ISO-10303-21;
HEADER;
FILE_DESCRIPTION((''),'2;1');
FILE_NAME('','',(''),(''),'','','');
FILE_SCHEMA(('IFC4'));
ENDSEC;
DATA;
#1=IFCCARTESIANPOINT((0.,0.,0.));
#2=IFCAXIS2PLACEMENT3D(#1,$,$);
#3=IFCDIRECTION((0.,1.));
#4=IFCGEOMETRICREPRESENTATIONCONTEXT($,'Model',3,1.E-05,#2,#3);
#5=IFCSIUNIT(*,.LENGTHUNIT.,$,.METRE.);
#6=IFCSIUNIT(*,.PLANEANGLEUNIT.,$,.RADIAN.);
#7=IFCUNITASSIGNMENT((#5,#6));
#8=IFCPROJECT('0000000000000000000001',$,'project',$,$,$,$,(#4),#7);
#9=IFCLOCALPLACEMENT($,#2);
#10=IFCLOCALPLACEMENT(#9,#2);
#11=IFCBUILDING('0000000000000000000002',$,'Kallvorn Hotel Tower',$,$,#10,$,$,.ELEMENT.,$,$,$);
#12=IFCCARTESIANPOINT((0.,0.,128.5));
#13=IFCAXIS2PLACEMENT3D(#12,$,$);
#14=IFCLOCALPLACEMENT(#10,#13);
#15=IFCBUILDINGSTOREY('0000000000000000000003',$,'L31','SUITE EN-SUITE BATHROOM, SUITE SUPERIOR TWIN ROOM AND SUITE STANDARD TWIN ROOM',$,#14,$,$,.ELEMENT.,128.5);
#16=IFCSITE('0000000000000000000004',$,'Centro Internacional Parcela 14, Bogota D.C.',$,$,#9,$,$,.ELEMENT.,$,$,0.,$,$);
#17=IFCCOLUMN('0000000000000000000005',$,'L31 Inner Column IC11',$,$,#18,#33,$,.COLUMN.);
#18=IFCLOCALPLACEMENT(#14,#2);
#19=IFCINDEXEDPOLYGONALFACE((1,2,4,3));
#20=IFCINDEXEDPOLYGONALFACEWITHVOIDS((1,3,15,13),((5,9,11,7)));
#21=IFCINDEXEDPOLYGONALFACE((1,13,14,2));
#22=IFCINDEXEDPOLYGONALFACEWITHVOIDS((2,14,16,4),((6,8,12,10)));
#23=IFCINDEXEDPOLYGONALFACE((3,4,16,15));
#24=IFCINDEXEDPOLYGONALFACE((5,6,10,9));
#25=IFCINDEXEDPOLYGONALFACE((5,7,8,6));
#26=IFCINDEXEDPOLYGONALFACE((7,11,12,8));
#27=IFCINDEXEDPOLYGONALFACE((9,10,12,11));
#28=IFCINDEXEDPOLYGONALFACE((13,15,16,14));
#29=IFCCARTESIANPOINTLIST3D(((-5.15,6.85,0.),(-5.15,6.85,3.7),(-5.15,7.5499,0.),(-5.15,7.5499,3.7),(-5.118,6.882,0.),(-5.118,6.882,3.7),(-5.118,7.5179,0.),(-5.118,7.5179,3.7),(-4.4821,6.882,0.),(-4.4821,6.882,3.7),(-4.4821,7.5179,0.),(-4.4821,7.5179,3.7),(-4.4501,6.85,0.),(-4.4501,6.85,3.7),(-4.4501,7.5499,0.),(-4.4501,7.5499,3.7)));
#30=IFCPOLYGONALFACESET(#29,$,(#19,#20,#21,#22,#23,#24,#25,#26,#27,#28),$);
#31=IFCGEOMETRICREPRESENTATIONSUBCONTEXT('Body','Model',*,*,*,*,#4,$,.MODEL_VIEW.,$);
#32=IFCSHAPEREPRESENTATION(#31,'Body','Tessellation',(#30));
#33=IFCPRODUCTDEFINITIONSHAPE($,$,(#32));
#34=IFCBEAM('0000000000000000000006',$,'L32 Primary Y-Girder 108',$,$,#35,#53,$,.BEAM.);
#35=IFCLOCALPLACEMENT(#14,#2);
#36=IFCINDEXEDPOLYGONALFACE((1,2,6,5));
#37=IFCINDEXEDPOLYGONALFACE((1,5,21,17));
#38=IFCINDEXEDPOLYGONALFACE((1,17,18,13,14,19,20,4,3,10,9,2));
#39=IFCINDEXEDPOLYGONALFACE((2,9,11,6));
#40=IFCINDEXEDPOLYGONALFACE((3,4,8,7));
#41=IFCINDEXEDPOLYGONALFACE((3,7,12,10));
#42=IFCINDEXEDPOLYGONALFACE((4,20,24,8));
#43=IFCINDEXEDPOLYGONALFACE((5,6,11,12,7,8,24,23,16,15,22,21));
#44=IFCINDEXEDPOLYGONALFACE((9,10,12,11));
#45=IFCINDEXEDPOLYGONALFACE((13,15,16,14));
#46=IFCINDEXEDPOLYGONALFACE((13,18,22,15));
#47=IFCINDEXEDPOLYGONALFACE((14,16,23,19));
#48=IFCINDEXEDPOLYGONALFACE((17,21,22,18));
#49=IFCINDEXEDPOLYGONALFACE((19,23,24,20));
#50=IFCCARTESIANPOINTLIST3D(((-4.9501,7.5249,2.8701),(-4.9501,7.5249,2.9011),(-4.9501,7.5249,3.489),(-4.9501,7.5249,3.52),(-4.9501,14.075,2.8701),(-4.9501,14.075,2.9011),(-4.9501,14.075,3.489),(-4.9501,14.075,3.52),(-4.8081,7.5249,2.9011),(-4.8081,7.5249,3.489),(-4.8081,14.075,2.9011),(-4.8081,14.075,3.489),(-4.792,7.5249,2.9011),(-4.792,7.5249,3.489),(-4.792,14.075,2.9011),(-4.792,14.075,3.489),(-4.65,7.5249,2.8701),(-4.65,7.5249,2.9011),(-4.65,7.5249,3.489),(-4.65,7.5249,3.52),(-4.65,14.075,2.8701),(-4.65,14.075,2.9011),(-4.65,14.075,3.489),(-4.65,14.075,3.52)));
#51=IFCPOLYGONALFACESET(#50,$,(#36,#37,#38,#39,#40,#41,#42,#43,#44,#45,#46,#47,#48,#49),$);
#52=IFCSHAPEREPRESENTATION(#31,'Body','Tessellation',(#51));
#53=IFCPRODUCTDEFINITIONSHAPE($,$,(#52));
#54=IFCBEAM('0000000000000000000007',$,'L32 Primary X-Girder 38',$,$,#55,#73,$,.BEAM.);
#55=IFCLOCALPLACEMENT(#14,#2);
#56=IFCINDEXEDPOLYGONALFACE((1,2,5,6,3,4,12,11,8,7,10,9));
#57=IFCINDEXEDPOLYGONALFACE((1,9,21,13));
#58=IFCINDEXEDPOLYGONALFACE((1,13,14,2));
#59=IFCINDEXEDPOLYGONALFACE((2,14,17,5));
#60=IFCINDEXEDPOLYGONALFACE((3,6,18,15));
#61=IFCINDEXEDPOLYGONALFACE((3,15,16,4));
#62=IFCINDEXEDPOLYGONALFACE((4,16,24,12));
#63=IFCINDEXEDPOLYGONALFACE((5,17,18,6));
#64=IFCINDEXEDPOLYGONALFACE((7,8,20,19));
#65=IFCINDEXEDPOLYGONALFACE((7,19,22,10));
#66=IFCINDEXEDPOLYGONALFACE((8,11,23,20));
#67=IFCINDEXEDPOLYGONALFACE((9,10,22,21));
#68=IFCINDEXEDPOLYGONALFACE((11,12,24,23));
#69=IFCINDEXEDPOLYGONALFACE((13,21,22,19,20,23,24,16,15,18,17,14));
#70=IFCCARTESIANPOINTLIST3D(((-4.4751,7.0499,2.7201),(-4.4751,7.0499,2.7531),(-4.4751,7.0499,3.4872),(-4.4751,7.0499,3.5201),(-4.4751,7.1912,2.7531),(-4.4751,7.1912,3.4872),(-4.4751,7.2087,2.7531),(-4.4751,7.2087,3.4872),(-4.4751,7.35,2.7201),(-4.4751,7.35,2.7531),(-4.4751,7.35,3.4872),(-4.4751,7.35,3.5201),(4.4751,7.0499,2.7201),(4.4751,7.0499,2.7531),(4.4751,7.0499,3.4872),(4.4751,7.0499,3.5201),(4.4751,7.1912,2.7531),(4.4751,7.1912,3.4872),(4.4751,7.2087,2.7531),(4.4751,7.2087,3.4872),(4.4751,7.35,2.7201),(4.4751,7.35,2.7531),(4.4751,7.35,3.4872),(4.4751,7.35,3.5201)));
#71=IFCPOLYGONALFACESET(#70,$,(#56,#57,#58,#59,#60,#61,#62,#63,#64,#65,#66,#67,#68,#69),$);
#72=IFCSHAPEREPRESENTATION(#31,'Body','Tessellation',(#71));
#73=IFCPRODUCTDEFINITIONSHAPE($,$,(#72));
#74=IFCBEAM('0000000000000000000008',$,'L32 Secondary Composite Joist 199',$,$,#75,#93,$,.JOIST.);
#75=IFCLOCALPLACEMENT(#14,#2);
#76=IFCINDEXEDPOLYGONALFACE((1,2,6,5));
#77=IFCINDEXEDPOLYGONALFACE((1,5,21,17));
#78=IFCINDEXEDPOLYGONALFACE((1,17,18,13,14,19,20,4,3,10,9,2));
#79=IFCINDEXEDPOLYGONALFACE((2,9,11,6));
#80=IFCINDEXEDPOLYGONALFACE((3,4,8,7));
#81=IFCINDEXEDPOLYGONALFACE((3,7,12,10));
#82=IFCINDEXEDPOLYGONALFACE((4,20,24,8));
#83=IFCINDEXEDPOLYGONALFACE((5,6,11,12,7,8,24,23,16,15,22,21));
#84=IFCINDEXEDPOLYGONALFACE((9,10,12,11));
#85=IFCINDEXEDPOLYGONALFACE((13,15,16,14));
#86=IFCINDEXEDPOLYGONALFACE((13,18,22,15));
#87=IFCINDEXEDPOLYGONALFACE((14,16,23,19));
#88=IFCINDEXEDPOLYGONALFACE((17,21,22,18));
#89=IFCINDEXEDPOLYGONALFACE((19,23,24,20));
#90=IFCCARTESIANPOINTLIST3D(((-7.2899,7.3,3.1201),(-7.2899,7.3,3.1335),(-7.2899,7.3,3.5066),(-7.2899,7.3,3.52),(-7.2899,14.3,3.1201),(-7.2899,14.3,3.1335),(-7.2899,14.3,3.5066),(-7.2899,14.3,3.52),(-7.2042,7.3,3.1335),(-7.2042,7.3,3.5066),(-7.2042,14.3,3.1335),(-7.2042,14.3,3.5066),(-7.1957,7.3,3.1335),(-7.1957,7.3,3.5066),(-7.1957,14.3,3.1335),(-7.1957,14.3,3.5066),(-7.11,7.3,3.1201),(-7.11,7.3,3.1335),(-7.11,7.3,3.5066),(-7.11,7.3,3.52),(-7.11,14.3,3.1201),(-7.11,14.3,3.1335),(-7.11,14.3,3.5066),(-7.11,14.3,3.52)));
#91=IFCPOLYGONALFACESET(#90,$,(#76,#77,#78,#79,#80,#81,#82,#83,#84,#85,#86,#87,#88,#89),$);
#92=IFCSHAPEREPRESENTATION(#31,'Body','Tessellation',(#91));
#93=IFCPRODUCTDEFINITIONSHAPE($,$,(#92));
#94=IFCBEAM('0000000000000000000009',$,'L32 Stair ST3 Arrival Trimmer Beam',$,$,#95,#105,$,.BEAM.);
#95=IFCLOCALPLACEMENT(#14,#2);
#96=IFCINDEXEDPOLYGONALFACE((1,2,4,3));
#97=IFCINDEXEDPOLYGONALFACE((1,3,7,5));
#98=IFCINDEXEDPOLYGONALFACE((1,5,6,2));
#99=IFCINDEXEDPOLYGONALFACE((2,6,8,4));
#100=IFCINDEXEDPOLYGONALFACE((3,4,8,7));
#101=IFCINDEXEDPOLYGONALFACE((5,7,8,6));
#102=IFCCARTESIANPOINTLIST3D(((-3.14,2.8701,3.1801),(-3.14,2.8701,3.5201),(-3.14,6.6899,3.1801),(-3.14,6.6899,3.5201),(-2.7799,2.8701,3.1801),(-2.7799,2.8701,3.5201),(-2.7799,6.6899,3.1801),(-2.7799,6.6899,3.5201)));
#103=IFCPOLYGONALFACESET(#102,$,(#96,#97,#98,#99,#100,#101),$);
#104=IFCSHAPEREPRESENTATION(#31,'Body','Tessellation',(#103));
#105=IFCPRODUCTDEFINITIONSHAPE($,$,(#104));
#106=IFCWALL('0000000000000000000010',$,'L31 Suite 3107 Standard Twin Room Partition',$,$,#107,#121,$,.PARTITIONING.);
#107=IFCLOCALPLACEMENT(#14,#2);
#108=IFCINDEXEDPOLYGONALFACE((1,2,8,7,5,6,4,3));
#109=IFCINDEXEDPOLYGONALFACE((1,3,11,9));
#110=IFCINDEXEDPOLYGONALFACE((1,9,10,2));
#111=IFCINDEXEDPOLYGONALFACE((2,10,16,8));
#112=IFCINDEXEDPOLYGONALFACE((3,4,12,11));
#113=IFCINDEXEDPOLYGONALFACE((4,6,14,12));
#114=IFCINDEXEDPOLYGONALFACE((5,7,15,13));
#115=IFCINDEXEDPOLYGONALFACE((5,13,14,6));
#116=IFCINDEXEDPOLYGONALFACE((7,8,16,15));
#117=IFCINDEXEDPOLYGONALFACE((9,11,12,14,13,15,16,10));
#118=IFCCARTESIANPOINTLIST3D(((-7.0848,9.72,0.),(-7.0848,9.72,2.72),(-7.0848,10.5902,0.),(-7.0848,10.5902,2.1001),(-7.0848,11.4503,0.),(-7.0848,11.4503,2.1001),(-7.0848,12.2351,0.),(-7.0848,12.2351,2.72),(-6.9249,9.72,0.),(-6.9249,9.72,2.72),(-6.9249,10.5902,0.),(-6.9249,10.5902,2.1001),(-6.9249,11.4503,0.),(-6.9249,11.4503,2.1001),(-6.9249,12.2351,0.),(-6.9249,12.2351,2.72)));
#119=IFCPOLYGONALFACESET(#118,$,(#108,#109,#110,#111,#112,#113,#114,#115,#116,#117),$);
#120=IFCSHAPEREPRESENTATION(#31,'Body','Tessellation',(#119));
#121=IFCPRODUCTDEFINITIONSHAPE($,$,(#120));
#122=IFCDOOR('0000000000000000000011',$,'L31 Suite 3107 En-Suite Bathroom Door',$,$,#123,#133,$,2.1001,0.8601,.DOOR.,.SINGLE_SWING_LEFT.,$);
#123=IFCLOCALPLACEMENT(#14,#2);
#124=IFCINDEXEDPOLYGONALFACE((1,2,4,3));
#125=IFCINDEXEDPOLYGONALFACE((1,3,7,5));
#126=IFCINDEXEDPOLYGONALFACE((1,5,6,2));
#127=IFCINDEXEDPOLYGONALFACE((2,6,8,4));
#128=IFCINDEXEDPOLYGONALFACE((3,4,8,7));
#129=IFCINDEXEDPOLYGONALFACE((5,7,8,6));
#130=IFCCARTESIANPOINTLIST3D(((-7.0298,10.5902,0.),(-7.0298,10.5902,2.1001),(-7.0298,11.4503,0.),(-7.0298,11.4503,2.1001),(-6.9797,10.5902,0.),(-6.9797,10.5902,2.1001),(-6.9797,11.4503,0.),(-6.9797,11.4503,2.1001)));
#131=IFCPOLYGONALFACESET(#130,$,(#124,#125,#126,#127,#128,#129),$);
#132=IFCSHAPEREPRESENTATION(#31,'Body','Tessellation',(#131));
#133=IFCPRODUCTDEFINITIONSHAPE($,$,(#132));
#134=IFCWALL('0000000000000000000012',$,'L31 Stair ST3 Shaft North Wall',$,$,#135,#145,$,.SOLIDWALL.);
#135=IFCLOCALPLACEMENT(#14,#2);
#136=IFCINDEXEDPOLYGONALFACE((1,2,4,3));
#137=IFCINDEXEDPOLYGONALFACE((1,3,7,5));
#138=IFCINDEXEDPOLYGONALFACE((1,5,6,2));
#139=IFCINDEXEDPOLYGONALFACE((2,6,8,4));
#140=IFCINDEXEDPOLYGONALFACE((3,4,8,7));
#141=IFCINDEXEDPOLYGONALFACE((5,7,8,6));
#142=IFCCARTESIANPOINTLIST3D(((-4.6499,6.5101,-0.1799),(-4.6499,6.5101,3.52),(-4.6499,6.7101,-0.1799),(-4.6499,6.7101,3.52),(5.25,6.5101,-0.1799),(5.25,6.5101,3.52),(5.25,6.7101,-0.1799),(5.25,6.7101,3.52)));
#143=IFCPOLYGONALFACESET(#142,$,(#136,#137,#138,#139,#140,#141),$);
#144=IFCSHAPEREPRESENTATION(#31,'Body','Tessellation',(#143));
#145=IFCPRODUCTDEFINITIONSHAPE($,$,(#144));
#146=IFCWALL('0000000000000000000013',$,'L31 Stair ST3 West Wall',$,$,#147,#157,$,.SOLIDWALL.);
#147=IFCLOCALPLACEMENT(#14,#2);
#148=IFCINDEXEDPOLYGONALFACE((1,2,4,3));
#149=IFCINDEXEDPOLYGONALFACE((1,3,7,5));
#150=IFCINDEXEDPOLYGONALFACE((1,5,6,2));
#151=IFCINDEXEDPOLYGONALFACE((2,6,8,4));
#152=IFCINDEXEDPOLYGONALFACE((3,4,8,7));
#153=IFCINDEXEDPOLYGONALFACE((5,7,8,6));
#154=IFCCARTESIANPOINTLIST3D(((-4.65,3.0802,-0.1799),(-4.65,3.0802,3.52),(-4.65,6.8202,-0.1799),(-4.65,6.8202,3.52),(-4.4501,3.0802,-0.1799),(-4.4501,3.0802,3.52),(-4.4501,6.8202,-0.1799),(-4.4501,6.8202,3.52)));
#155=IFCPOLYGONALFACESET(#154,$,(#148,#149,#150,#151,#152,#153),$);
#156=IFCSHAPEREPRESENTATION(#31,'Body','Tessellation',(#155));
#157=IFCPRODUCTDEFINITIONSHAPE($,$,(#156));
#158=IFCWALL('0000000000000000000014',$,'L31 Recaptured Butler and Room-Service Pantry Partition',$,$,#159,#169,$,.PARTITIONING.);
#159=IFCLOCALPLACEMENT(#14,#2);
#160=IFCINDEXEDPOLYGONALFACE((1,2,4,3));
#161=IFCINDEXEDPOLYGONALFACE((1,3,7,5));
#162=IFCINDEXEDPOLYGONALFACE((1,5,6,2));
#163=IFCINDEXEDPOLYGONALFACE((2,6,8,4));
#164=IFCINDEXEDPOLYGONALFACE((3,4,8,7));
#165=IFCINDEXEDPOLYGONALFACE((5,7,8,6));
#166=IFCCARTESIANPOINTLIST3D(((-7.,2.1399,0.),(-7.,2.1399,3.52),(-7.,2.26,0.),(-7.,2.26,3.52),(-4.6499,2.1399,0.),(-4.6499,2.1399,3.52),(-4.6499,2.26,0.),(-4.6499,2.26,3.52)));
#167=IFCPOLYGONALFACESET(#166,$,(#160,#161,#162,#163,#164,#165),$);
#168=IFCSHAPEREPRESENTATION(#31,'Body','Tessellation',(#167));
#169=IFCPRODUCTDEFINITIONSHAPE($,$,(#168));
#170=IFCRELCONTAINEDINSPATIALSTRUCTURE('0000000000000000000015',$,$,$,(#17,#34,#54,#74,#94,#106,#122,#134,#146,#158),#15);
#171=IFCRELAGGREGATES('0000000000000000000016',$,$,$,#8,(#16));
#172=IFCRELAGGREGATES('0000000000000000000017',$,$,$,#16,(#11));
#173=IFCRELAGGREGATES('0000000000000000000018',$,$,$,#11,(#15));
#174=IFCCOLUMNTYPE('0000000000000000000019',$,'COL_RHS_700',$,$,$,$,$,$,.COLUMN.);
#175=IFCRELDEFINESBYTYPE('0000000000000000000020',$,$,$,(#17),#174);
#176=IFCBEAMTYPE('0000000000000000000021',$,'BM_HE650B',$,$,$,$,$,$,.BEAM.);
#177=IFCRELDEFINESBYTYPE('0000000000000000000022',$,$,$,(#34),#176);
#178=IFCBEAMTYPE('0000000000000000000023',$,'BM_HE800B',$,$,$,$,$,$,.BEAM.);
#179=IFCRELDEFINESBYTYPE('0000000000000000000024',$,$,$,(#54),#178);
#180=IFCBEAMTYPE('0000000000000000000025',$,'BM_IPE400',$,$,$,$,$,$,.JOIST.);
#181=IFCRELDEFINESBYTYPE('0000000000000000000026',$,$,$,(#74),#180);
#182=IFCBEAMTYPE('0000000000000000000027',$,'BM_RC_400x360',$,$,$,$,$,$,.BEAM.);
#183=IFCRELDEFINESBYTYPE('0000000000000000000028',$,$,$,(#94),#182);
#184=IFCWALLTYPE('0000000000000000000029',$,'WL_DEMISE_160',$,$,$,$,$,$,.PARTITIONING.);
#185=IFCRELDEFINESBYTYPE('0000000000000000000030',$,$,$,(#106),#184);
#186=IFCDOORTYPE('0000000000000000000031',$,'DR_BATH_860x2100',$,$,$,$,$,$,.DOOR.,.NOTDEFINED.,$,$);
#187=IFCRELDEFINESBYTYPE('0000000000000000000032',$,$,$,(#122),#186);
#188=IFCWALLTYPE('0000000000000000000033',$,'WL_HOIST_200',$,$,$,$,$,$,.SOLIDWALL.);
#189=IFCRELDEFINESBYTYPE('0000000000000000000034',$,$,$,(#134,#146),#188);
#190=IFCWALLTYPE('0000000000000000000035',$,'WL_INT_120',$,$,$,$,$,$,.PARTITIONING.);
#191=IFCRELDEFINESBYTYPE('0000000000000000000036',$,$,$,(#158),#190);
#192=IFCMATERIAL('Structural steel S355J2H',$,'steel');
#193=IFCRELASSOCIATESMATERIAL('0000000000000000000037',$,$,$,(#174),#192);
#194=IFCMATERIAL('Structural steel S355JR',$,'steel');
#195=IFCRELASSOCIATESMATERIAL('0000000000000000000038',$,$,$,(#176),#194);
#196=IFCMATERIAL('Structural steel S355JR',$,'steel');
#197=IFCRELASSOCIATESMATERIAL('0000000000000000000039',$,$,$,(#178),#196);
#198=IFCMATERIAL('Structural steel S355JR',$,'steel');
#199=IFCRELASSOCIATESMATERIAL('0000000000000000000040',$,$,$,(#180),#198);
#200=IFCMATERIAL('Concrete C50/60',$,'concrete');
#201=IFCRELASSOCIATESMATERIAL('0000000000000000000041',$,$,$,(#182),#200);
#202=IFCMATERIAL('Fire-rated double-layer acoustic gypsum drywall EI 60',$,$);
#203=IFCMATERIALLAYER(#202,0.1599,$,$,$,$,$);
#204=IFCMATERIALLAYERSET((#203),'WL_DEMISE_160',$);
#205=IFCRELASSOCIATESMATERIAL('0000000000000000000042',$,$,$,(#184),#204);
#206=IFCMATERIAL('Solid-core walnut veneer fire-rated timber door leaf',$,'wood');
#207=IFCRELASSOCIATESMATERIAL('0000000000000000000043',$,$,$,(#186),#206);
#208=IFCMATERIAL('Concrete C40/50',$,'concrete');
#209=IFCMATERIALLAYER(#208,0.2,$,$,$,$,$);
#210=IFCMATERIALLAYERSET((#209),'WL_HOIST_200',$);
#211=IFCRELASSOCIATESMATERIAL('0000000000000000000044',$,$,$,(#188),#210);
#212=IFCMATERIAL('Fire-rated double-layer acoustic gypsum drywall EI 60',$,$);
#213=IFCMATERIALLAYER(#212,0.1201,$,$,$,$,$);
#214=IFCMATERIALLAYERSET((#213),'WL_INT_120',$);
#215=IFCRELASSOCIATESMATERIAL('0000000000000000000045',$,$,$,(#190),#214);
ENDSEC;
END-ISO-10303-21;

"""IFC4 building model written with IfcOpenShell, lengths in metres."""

from ifc_helpers import new_model, si_unit, direction, frame, frame_2d, origin, origin_2d, place, context, subcontext, project, spatial, rectangle, hollow_rectangle, i_section, extrude, material, layer, layer_set, material_profile, profile_set, type_object, element, fill, save


model = new_model("IFC4")

# Units and contexts
model_context = context("Model", 3, precision=1e-05, world=origin(), true_north=direction((0.0, 1.0)))
body_context = subcontext(model_context, "Body", "Model", "MODEL_VIEW")
ifc_project = project(units=[si_unit("LENGTHUNIT", "METRE"), si_unit("PLANEANGLEUNIT", "RADIAN")], contexts=[model_context])

# Site, building, storey
site_placement = place(None, origin())
site = spatial("IfcSite", under=ifc_project, at=site_placement, Name="Centro Internacional Parcela 14, Bogota D.C.", CompositionType="ELEMENT", RefElevation=0.0)
building_placement = place(site_placement, origin())
building = spatial("IfcBuilding", under=site, at=building_placement, Name="Kallvorn Hotel Tower", CompositionType="ELEMENT")
storey_placement = place(building_placement, frame((0.0, 0.0, 128.5)))
storey = spatial("IfcBuildingStorey", under=building, at=storey_placement, Name="L31", Description="SUITE EN-SUITE BATHROOM, SUITE SUPERIOR TWIN ROOM AND SUITE STANDARD TWIN ROOM", CompositionType="ELEMENT", Elevation=128.5)

# Column
ifc_material_1 = material(Name="Structural steel S355J2H", Category="steel")
ifc_material_profile_1 = material_profile(ifc_material_1, hollow_rectangle(XDim=0.7, YDim=0.7, WallThickness=0.032, at=origin_2d()), Name="RHS 700x700x32")
ifc_profile_set_1 = profile_set([ifc_material_profile_1], Name="Structural steel S355J2H")
column_type = type_object("IfcColumnType", Name="COL_RHS_700", PredefinedType="COLUMN", material=ifc_profile_set_1)
column_placement = place(storey_placement, frame((-4.8, 7.2, 0.0), z_axis=(0.0, 0.0, 1.0), x_axis=(1.0, 0.0, 0.0)))
element("IfcColumn", 1, at=column_placement, inside=storey, type_object=column_type, Name="L31 Inner Column IC11", PredefinedType="COLUMN", context=body_context, shape_type="SweptSolid", body=[
    extrude(hollow_rectangle(XDim=0.7, YDim=0.7, WallThickness=0.032, at=origin_2d()), origin(), (0.0, 0.0, 1.0), 3.7),
])

# Beams
ifc_material_2 = material(Name="Structural steel S355JR", Category="steel")
ifc_material_profile_2 = material_profile(ifc_material_2, i_section(OverallWidth=0.3, OverallDepth=0.6499, WebThickness=0.0161, FlangeThickness=0.031, at=origin_2d()), Name="HE 650 B")
ifc_profile_set_2 = profile_set([ifc_material_profile_2], Name="Structural steel S355JR")
beam_type_1 = type_object("IfcBeamType", Name="BM_HE650B", PredefinedType="BEAM", material=ifc_profile_set_2)
beam_1_placement = place(storey_placement, frame((-4.8, 7.5249, 3.1951), z_axis=(0.0, 1.0, 0.0), x_axis=(-1.0, 0.0, 0.0)))
element("IfcBeam", 2, at=beam_1_placement, inside=storey, type_object=beam_type_1, Name="L32 Primary Y-Girder 108", PredefinedType="BEAM", context=body_context, shape_type="SweptSolid", body=[
    extrude(i_section(OverallWidth=0.3, OverallDepth=0.6499, WebThickness=0.0161, FlangeThickness=0.031, at=origin_2d()), origin(), (0.0, 0.0, 1.0), 6.55),
])
ifc_material_3 = material(Name="Structural steel S355JR", Category="steel")
ifc_material_profile_3 = material_profile(ifc_material_3, i_section(OverallWidth=0.3, OverallDepth=0.8, WebThickness=0.0176, FlangeThickness=0.033, at=origin_2d()), Name="HE 800 B")
ifc_profile_set_3 = profile_set([ifc_material_profile_3], Name="Structural steel S355JR")
beam_type_2 = type_object("IfcBeamType", Name="BM_HE800B", PredefinedType="BEAM", material=ifc_profile_set_3)
beam_2_placement = place(storey_placement, frame((-4.4751, 7.2, 3.1201), z_axis=(1.0, 0.0, 0.0), x_axis=(0.0, 1.0, 0.0)))
element("IfcBeam", 3, at=beam_2_placement, inside=storey, type_object=beam_type_2, Name="L32 Primary X-Girder 38", PredefinedType="BEAM", context=body_context, shape_type="SweptSolid", body=[
    extrude(i_section(OverallWidth=0.3, OverallDepth=0.8, WebThickness=0.0176, FlangeThickness=0.033, at=origin_2d()), origin(), (0.0, 0.0, 1.0), 8.9502),
])
ifc_material_4 = material(Name="Structural steel S355JR", Category="steel")
ifc_material_profile_4 = material_profile(ifc_material_4, i_section(OverallWidth=0.1799, OverallDepth=0.3999, WebThickness=0.0085, FlangeThickness=0.0134, at=origin_2d()), Name="IPE 400")
ifc_profile_set_4 = profile_set([ifc_material_profile_4], Name="Structural steel S355JR")
beam_type_3 = type_object("IfcBeamType", Name="BM_IPE400", PredefinedType="JOIST", material=ifc_profile_set_4)
beam_3_placement = place(storey_placement, frame((-7.2, 7.3, 3.3201), z_axis=(0.0, 1.0, 0.0), x_axis=(-1.0, 0.0, 0.0)))
element("IfcBeam", 4, at=beam_3_placement, inside=storey, type_object=beam_type_3, Name="L32 Secondary Composite Joist 199", PredefinedType="JOIST", context=body_context, shape_type="SweptSolid", body=[
    extrude(i_section(OverallWidth=0.1799, OverallDepth=0.3999, WebThickness=0.0085, FlangeThickness=0.0134, at=origin_2d()), origin(), (0.0, 0.0, 1.0), 7.0),
])
ifc_material_5 = material(Name="Concrete C50/60", Category="concrete")
ifc_material_profile_5 = material_profile(ifc_material_5, rectangle(XDim=0.3601, YDim=0.3401, at=origin_2d()), Name="RC 360x340")
ifc_profile_set_5 = profile_set([ifc_material_profile_5], Name="Concrete C50/60")
beam_type_4 = type_object("IfcBeamType", Name="BM_RC_400x360", PredefinedType="BEAM", material=ifc_profile_set_5)
beam_4_placement = place(storey_placement, frame((-2.96, 2.8701, 3.3501), z_axis=(0.0, 1.0, 0.0), x_axis=(-1.0, 0.0, 0.0)))
element("IfcBeam", 5, at=beam_4_placement, inside=storey, type_object=beam_type_4, Name="L32 Stair ST3 Arrival Trimmer Beam", PredefinedType="BEAM", context=body_context, shape_type="SweptSolid", body=[
    extrude(rectangle(XDim=0.3601, YDim=0.3401, at=origin_2d()), origin(), (0.0, 0.0, 1.0), 3.8198),
])

# Wall, opening, door
ifc_material_6 = material(Name="Fire-rated double-layer acoustic gypsum drywall EI 60")
ifc_layer_1 = layer(ifc_material_6, 0.1599)
ifc_layer_set_1 = layer_set([ifc_layer_1], Name="WL_DEMISE_160")
wall_type_1 = type_object("IfcWallType", Name="WL_DEMISE_160", PredefinedType="PARTITIONING", material=ifc_layer_set_1)
wall_1_placement = place(storey_placement, frame((-7.0049, 9.72, 0.0), z_axis=(0.0, 0.0, 1.0), x_axis=(0.0, 1.0, 0.0)))
wall_1 = element("IfcWall", 6, at=wall_1_placement, inside=storey, type_object=wall_type_1, Name="L31 Suite 3107 Standard Twin Room Partition", PredefinedType="PARTITIONING", context=body_context, shape_type="SweptSolid", body=[
    extrude(rectangle(XDim=2.5151, YDim=0.1599, at=frame_2d((1.2576, 0.0))), origin(), (0.0, 0.0, 1.0), 2.72),
])
opening_1_placement = place(wall_1_placement, frame((0.8701, 0.0, 0.0)))
opening_1 = element("IfcOpeningElement", 7, at=opening_1_placement, cuts=wall_1, PredefinedType="OPENING", context=body_context, shape_type="SweptSolid", body=[
    extrude(rectangle(XDim=0.8601, YDim=2.1001, at=frame_2d((0.4302, 1.05))), frame((0.0, 0.095, 0.0), z_axis=(0.0, -1.0, 0.0), x_axis=(1.0, 0.0, 0.0)), (0.0, 0.0, 1.0), 0.1899),
])
ifc_material_7 = material(Name="Solid-core walnut veneer fire-rated timber door leaf", Category="wood")
door_type_1 = type_object("IfcDoorType", Name="DR_BATH_860x2100", OperationType="NOTDEFINED", PredefinedType="DOOR", material=ifc_material_7)
door_1_placement = place(opening_1_placement, origin())
door_1 = element("IfcDoor", 8, at=door_1_placement, inside=storey, type_object=door_type_1, Name="L31 Suite 3107 En-Suite Bathroom Door", OperationType="SINGLE_SWING_LEFT", OverallHeight=2.1001, OverallWidth=0.8601, PredefinedType="DOOR", context=body_context, shape_type="SweptSolid", body=[
    extrude(rectangle(XDim=0.8601, YDim=2.1001, at=frame_2d((0.4302, 1.05))), frame((0.0, 0.0249, 0.0), z_axis=(0.0, -1.0, 0.0), x_axis=(1.0, 0.0, 0.0)), (0.0, 0.0, 1.0), 0.05),
])
fill(opening_1, door_1)

# Walls
ifc_material_8 = material(Name="Concrete C40/50", Category="concrete")
ifc_layer_2 = layer(ifc_material_8, 0.2)
ifc_layer_set_2 = layer_set([ifc_layer_2], Name="WL_HOIST_200")
wall_type_2 = type_object("IfcWallType", Name="WL_HOIST_200", PredefinedType="SOLIDWALL", material=ifc_layer_set_2)
wall_2_placement = place(storey_placement, frame((-4.6499, 6.6101, -0.1799), z_axis=(0.0, 0.0, 1.0), x_axis=(1.0, 0.0, 0.0)))
element("IfcWall", 9, at=wall_2_placement, inside=storey, type_object=wall_type_2, Name="L31 Stair ST3 Shaft North Wall", PredefinedType="SOLIDWALL", context=body_context, shape_type="SweptSolid", body=[
    extrude(rectangle(XDim=9.8999, YDim=0.2, at=frame_2d((4.95, 0.0))), origin(), (0.0, 0.0, 1.0), 3.7),
])
wall_3_placement = place(storey_placement, frame((-4.55, 3.0801, -0.1799), z_axis=(0.0, 0.0, 1.0), x_axis=(0.0, 1.0, 0.0)))
element("IfcWall", 10, at=wall_3_placement, inside=storey, type_object=wall_type_2, Name="L31 Stair ST3 West Wall", PredefinedType="SOLIDWALL", context=body_context, shape_type="SweptSolid", body=[
    extrude(rectangle(XDim=3.74, YDim=0.2, at=frame_2d((1.8701, 0.0))), origin(), (0.0, 0.0, 1.0), 3.7),
])
ifc_material_9 = material(Name="Fire-rated double-layer acoustic gypsum drywall EI 60")
ifc_layer_3 = layer(ifc_material_9, 0.1201)
ifc_layer_set_3 = layer_set([ifc_layer_3], Name="WL_INT_120")
wall_type_3 = type_object("IfcWallType", Name="WL_INT_120", PredefinedType="PARTITIONING", material=ifc_layer_set_3)
wall_4_placement = place(storey_placement, frame((-7.0, 2.2, 0.0), z_axis=(0.0, 0.0, 1.0), x_axis=(1.0, 0.0, 0.0)))
element("IfcWall", 11, at=wall_4_placement, inside=storey, type_object=wall_type_3, Name="L31 Recaptured Butler and Room-Service Pantry Partition", PredefinedType="PARTITIONING", context=body_context, shape_type="SweptSolid", body=[
    extrude(rectangle(XDim=2.3501, YDim=0.1201, at=frame_2d((1.175, 0.0))), origin(), (0.0, 0.0, 1.0), 3.52),
])

save(model, "model.ifc")
